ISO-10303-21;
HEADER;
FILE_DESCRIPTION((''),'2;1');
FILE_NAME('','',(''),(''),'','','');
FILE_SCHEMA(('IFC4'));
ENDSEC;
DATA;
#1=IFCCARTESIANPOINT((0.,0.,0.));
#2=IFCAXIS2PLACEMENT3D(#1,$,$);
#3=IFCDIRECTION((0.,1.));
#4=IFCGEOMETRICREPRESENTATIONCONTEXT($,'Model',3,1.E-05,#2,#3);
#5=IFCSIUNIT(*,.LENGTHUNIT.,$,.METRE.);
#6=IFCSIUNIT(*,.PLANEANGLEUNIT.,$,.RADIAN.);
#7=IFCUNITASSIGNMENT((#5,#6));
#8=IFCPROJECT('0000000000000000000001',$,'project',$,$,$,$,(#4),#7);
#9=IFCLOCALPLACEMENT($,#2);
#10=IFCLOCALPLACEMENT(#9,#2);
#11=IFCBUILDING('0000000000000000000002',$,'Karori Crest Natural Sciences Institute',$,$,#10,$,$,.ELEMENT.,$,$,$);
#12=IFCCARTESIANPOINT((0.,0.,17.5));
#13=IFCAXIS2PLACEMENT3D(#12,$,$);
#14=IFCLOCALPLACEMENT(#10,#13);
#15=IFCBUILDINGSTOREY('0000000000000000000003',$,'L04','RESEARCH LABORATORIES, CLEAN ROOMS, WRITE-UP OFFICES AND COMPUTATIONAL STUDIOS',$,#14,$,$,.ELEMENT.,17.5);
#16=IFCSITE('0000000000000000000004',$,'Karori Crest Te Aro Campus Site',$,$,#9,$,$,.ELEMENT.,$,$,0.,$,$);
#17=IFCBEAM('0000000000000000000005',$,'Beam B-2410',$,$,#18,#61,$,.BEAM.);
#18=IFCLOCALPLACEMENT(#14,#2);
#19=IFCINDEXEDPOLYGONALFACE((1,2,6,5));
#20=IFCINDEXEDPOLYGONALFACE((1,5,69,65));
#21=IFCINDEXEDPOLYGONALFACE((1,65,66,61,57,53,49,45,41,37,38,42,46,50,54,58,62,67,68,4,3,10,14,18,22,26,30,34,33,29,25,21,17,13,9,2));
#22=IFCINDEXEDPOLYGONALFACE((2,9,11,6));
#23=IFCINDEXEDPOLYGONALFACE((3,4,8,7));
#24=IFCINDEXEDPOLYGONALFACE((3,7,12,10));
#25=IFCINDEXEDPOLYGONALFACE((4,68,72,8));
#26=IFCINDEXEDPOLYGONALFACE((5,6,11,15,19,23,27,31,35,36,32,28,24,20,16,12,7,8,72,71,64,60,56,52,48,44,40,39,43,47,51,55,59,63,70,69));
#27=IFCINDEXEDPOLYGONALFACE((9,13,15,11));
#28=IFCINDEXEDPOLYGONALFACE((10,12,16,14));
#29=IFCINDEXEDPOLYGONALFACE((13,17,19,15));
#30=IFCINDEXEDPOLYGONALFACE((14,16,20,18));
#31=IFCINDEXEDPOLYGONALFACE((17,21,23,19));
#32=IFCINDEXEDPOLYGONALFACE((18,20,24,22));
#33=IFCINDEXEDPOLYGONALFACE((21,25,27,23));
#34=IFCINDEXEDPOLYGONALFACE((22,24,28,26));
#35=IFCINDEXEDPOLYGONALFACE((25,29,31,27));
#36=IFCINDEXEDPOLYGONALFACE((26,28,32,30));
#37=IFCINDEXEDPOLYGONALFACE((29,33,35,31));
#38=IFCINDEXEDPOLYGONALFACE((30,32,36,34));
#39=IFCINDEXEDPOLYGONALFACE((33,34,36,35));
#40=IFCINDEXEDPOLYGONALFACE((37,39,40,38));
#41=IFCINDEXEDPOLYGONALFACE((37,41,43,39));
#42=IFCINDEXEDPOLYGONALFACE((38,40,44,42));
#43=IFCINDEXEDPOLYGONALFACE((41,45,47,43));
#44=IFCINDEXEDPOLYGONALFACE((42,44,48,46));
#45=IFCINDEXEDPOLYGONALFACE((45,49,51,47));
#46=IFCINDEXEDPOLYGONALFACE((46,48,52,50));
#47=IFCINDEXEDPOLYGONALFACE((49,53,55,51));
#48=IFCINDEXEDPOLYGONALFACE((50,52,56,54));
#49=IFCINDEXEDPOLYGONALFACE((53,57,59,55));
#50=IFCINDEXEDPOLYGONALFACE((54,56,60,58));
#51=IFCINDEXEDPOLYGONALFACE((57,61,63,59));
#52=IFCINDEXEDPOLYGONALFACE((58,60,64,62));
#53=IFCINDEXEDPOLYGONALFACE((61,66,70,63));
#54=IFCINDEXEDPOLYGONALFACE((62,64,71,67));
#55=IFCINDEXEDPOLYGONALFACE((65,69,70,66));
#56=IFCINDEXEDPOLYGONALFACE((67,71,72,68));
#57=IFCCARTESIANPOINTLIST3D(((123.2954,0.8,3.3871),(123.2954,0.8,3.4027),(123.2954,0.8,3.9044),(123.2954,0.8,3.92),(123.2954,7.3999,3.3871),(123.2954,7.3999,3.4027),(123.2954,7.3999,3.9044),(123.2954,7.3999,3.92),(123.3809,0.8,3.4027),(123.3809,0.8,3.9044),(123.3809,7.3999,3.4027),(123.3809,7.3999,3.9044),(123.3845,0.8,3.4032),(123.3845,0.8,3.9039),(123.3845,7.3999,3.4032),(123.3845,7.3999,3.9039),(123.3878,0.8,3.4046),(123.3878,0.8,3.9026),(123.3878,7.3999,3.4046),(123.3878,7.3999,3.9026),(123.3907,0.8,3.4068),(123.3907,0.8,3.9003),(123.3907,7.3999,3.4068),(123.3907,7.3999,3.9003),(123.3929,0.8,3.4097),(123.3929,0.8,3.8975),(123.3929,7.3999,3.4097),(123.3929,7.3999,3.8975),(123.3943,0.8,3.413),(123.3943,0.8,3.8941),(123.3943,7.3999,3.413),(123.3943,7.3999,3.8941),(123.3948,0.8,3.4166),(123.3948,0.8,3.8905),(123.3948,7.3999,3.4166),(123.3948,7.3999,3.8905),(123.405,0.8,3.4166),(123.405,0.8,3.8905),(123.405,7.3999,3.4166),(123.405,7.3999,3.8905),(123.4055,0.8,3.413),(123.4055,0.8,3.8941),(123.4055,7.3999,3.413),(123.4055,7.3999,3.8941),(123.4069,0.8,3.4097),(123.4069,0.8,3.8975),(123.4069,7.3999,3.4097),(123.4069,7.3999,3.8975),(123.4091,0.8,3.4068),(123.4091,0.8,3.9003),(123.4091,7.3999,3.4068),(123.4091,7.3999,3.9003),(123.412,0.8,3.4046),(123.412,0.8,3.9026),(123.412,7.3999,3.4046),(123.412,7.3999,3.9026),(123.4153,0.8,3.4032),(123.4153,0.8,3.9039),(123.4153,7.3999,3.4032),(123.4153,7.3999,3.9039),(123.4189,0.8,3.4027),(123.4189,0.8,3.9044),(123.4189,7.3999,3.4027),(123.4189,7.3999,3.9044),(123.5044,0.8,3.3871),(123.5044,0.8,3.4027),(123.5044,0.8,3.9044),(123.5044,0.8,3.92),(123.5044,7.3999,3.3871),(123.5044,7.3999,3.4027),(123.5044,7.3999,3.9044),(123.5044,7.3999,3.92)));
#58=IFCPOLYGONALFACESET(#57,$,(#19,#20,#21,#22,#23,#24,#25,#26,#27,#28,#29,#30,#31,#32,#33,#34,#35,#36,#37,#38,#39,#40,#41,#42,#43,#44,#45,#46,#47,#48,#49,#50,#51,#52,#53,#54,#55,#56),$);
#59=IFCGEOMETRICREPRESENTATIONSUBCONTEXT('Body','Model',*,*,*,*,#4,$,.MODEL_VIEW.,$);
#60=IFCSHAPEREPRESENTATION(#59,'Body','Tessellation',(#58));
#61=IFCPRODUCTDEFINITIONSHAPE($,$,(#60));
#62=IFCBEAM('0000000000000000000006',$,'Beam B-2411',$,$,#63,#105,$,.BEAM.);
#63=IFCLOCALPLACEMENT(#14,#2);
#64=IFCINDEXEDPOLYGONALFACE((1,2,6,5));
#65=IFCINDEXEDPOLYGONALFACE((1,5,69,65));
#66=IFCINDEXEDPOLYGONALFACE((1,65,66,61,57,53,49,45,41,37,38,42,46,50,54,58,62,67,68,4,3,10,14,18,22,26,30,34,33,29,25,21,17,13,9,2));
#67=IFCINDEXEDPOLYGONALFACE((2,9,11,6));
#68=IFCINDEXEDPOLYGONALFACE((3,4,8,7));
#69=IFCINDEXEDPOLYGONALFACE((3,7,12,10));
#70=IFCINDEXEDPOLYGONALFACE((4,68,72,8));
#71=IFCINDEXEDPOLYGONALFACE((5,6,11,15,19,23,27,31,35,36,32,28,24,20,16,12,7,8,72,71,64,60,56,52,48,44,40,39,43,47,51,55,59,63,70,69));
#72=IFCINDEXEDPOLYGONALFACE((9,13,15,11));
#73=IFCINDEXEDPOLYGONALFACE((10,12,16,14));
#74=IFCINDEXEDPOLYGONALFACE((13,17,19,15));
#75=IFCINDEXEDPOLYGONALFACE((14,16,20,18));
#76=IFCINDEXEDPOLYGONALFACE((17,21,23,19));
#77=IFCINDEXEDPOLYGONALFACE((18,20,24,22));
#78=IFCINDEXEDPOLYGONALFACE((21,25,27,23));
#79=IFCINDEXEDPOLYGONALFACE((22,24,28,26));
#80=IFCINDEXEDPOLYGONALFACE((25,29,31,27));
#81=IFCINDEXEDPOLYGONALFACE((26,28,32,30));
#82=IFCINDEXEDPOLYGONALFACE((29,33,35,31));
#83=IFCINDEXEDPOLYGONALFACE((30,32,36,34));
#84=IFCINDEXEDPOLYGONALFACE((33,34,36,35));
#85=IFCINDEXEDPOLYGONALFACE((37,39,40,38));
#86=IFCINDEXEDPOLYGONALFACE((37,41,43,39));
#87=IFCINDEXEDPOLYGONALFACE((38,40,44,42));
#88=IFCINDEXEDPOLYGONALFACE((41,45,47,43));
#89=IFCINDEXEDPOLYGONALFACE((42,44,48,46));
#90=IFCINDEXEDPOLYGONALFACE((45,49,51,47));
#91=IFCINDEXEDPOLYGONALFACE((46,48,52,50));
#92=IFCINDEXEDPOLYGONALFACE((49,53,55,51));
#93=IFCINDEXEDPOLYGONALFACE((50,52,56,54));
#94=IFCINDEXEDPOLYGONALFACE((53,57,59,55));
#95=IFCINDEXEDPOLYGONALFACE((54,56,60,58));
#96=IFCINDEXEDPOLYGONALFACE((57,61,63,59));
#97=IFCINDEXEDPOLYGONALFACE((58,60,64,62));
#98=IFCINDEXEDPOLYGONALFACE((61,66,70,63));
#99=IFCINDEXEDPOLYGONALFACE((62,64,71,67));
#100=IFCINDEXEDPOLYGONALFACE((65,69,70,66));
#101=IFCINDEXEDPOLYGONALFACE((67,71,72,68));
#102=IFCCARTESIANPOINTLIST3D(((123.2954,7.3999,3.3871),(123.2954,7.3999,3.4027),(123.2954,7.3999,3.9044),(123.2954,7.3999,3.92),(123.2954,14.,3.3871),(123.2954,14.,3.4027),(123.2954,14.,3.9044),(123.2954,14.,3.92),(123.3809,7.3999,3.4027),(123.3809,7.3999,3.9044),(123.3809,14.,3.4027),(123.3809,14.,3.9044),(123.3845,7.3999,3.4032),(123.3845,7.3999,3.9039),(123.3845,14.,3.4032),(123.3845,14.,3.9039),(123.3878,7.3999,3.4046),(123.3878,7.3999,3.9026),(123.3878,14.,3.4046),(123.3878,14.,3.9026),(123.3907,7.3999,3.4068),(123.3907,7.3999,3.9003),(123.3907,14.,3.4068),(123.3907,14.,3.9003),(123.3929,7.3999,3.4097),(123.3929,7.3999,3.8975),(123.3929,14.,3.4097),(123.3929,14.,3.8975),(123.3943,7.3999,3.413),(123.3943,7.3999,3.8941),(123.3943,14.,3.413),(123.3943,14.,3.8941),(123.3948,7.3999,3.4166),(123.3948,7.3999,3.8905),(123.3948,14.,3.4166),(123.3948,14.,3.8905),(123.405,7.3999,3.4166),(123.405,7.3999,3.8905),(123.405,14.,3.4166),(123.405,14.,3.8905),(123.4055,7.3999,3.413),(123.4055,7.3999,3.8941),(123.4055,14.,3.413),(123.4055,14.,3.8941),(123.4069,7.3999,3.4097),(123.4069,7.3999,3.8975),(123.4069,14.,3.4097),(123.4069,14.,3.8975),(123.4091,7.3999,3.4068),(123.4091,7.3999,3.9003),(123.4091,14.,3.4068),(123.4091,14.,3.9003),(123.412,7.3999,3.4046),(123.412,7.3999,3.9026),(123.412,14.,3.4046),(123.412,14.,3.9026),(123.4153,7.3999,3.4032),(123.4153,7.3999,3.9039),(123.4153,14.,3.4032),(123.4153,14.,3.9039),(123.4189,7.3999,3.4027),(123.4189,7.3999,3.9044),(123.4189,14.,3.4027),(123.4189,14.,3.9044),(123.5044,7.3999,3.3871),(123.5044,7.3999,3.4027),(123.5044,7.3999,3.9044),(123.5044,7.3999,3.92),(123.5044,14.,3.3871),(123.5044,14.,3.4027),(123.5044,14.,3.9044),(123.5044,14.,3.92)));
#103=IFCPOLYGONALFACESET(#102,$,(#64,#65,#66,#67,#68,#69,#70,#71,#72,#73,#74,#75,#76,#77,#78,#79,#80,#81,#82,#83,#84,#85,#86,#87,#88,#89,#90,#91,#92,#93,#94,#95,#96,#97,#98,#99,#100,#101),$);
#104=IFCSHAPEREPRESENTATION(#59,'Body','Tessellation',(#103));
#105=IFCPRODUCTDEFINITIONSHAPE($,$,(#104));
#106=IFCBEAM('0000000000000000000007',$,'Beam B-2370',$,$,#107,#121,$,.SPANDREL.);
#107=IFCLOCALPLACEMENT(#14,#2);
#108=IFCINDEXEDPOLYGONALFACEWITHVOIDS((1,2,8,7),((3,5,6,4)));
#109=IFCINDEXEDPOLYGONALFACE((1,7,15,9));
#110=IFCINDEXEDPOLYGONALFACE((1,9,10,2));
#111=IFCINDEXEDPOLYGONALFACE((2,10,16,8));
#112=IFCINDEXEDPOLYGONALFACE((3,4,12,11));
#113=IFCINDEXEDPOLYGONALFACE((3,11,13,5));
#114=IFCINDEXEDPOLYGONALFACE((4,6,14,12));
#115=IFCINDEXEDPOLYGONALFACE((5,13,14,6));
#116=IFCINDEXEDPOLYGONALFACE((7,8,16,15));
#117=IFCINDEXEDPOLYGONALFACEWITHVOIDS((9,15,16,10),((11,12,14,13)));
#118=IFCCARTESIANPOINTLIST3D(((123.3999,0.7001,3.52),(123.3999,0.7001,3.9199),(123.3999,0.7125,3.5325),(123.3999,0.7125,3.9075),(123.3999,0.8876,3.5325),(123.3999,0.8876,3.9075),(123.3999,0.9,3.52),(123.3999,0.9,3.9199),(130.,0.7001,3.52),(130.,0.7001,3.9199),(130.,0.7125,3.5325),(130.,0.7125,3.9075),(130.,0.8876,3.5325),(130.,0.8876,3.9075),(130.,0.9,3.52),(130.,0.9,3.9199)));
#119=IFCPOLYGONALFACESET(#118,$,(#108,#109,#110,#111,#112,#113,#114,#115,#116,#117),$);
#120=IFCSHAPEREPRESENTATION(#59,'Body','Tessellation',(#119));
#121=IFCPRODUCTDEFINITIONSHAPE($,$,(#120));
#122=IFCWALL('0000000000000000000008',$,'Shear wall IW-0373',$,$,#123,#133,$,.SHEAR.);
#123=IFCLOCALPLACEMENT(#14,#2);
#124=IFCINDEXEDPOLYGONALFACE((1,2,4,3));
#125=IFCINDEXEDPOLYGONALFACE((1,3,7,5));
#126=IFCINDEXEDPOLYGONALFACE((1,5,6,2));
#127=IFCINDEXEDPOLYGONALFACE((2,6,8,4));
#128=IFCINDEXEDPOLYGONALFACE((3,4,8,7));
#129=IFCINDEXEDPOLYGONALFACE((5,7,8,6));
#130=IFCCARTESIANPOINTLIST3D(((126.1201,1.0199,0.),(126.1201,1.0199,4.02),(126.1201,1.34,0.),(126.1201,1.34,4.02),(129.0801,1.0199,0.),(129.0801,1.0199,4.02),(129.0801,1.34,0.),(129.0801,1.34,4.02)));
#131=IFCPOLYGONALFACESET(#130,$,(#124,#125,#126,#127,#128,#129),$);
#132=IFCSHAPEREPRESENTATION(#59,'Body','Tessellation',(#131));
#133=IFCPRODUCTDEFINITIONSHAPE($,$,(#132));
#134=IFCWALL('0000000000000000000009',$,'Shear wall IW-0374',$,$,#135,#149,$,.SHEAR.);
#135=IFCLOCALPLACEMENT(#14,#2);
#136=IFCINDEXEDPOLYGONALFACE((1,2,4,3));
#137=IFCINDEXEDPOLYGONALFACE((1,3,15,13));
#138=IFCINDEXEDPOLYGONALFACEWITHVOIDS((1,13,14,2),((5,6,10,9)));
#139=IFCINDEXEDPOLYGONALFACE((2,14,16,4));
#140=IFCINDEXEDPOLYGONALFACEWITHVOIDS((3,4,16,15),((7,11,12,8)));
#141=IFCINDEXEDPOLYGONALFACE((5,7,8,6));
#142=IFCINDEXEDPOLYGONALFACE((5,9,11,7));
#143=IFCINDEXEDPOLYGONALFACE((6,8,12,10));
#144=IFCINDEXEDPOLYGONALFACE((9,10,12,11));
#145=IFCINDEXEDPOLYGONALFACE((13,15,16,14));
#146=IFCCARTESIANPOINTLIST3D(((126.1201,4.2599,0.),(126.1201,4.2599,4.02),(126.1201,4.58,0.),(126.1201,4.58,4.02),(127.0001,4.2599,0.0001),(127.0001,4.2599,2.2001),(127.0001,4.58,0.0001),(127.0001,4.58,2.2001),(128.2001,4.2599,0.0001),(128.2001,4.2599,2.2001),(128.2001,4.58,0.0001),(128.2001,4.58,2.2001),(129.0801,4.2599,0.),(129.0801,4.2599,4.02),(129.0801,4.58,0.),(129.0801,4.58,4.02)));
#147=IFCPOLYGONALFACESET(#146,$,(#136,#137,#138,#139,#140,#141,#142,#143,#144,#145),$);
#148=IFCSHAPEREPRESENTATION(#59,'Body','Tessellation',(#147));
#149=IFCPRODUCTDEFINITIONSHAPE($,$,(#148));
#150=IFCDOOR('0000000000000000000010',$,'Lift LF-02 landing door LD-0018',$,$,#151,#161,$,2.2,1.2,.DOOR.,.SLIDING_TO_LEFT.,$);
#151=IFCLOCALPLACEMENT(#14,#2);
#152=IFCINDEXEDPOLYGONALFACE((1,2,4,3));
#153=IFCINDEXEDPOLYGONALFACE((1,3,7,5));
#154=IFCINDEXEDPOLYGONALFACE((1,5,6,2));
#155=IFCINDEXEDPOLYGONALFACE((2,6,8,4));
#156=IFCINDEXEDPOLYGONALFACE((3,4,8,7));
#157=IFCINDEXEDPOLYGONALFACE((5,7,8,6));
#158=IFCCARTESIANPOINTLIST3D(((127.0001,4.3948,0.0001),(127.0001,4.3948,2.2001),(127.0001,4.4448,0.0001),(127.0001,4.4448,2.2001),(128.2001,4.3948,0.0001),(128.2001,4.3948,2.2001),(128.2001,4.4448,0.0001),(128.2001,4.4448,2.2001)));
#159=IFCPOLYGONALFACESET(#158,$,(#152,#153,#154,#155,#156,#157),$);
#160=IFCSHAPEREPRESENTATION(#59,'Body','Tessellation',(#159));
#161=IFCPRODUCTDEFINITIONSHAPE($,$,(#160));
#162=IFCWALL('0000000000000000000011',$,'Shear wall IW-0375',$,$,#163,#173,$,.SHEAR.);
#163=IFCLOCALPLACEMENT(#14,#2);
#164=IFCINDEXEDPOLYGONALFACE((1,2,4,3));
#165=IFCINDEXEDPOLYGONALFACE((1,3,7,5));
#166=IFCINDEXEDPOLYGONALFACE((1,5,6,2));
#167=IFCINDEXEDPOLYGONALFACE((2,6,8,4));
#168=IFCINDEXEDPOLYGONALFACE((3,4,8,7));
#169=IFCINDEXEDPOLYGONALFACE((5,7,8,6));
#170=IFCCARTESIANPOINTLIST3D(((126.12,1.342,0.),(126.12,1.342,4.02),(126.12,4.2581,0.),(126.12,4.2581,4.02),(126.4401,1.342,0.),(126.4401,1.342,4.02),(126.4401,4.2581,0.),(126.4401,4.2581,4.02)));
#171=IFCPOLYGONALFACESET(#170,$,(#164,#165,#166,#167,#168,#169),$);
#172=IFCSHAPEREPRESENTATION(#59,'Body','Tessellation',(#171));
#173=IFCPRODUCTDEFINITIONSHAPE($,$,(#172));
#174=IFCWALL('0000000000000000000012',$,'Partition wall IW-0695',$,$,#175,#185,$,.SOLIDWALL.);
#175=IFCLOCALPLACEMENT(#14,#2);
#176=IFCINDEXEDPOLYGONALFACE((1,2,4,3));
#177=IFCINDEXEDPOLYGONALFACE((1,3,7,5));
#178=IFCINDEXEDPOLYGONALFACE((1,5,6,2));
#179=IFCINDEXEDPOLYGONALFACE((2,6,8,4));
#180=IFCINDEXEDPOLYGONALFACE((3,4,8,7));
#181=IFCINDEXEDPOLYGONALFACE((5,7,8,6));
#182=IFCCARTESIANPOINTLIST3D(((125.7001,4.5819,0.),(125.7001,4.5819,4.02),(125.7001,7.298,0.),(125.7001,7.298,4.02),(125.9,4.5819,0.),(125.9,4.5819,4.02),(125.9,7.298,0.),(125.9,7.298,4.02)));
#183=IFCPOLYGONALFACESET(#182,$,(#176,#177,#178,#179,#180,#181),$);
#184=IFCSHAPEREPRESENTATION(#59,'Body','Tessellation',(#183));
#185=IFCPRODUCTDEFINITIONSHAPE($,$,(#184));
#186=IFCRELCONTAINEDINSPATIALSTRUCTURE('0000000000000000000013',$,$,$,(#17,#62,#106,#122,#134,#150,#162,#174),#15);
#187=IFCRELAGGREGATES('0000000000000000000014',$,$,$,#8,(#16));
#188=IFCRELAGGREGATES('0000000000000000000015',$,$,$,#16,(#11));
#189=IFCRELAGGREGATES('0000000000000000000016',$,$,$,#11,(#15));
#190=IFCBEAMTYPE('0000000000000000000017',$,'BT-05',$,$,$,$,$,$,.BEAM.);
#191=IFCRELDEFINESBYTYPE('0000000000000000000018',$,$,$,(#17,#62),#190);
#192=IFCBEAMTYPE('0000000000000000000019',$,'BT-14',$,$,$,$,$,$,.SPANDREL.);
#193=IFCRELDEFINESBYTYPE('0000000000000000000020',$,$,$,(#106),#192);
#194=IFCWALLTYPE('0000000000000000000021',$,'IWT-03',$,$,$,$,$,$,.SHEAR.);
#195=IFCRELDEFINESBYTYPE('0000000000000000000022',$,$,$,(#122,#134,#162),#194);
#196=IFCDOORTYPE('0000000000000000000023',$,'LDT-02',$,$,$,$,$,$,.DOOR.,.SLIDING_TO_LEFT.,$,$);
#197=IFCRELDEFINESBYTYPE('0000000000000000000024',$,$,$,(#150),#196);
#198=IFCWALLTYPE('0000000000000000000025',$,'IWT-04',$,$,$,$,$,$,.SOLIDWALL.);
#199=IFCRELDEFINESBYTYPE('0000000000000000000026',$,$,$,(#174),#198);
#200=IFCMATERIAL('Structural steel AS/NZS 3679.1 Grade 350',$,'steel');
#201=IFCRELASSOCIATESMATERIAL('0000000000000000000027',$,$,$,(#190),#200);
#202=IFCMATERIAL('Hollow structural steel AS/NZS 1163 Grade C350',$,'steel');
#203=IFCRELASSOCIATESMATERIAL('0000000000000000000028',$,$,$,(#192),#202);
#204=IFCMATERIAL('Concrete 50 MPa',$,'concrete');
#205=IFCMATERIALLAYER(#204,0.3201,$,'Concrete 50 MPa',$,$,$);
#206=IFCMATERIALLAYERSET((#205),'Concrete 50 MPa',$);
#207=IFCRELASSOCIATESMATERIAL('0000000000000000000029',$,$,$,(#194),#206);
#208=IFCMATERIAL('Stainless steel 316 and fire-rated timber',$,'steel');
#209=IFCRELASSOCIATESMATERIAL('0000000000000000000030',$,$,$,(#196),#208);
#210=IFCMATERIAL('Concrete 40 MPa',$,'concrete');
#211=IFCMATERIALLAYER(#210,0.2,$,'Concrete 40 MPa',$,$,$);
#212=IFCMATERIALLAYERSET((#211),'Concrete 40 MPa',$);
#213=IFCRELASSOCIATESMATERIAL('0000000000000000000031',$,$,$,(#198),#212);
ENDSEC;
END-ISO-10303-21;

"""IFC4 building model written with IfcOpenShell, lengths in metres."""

from ifc_helpers import new_model, si_unit, direction, frame, frame_2d, origin, origin_2d, place, context, subcontext, project, spatial, rectangle, hollow_rectangle, i_section, extrude, material, layer, layer_set, material_profile, profile_set, type_object, element, fill, save


model = new_model("IFC4")

# Units and contexts
model_context = context("Model", 3, precision=1e-05, world=origin(), true_north=direction((0.0, 1.0)))
body_context = subcontext(model_context, "Body", "Model", "MODEL_VIEW")
ifc_project = project(units=[si_unit("LENGTHUNIT", "METRE"), si_unit("PLANEANGLEUNIT", "RADIAN")], contexts=[model_context])

# Site, building, storey
site_placement = place(None, origin())
site = spatial("IfcSite", under=ifc_project, at=site_placement, Name="Karori Crest Te Aro Campus Site", CompositionType="ELEMENT", RefElevation=0.0)
building_placement = place(site_placement, origin())
building = spatial("IfcBuilding", under=site, at=building_placement, Name="Karori Crest Natural Sciences Institute", CompositionType="ELEMENT")
storey_placement = place(building_placement, frame((0.0, 0.0, 17.5)))
storey = spatial("IfcBuildingStorey", under=building, at=storey_placement, Name="L04", Description="RESEARCH LABORATORIES, CLEAN ROOMS, WRITE-UP OFFICES AND COMPUTATIONAL STUDIOS", CompositionType="ELEMENT", Elevation=17.5)

# Shared definitions
ifc_material_1 = material(Name="Structural steel AS/NZS 3679.1 Grade 350", Category="steel")

# Beams
ifc_material_profile_1 = material_profile(ifc_material_1, i_section(OverallWidth=0.209, OverallDepth=0.533, WebThickness=0.0103, FlangeThickness=0.0156, FilletRadius=0.0139, at=origin_2d()), Name="530UB92.4")
ifc_profile_set_1 = profile_set([ifc_material_profile_1], Name="Structural steel AS/NZS 3679.1 Grade 350")
beam_type_1 = type_object("IfcBeamType", Name="BT-05", PredefinedType="BEAM", material=ifc_profile_set_1)
beam_1_placement = place(storey_placement, frame((123.3999, 0.8, 3.6536), z_axis=(0.0, 1.0, 0.0), x_axis=(-1.0, 0.0, 0.0)))
element("IfcBeam", 1, at=beam_1_placement, inside=storey, type_object=beam_type_1, Name="Beam B-2410", PredefinedType="BEAM", context=body_context, shape_type="SweptSolid", body=[
    extrude(i_section(OverallWidth=0.209, OverallDepth=0.533, WebThickness=0.0103, FlangeThickness=0.0156, FilletRadius=0.0139, at=origin_2d()), origin(), (0.0, 0.0, 1.0), 6.5999),
])
beam_2_placement = place(storey_placement, frame((123.3999, 7.3999, 3.6536), z_axis=(0.0, 1.0, 0.0), x_axis=(-1.0, 0.0, 0.0)))
element("IfcBeam", 2, at=beam_2_placement, inside=storey, type_object=beam_type_1, Name="Beam B-2411", PredefinedType="BEAM", context=body_context, shape_type="SweptSolid", body=[
    extrude(i_section(OverallWidth=0.209, OverallDepth=0.533, WebThickness=0.0103, FlangeThickness=0.0156, FilletRadius=0.0139, at=origin_2d()), origin(), (0.0, 0.0, 1.0), 6.6001),
])
ifc_material_2 = material(Name="Hollow structural steel AS/NZS 1163 Grade C350", Category="steel")
ifc_material_profile_2 = material_profile(ifc_material_2, hollow_rectangle(XDim=0.2, YDim=0.3999, WallThickness=0.0125, at=origin_2d()), Name="RHS400x200x12.5")
ifc_profile_set_2 = profile_set([ifc_material_profile_2], Name="Hollow structural steel AS/NZS 1163 Grade C350")
beam_type_2 = type_object("IfcBeamType", Name="BT-14", PredefinedType="SPANDREL", material=ifc_profile_set_2)
beam_3_placement = place(storey_placement, frame((123.3999, 0.8, 3.72), z_axis=(1.0, 0.0, 0.0), x_axis=(0.0, 1.0, 0.0)))
element("IfcBeam", 3, at=beam_3_placement, inside=storey, type_object=beam_type_2, Name="Beam B-2370", PredefinedType="SPANDREL", context=body_context, shape_type="SweptSolid", body=[
    extrude(hollow_rectangle(XDim=0.2, YDim=0.3999, WallThickness=0.0125, at=origin_2d()), origin(), (0.0, 0.0, 1.0), 6.6001),
])

# Wall
ifc_material_3 = material(Name="Concrete 50 MPa", Category="concrete")
ifc_layer_1 = layer(ifc_material_3, 0.3201, Name="Concrete 50 MPa")
ifc_layer_set_1 = layer_set([ifc_layer_1], Name="Concrete 50 MPa")
wall_type_1 = type_object("IfcWallType", Name="IWT-03", PredefinedType="SHEAR", material=ifc_layer_set_1)
wall_1_placement = place(storey_placement, frame((126.1201, 1.1799, 0.0), z_axis=(0.0, 0.0, 1.0), x_axis=(1.0, 0.0, 0.0)))
element("IfcWall", 4, at=wall_1_placement, inside=storey, type_object=wall_type_1, Name="Shear wall IW-0373", PredefinedType="SHEAR", context=body_context, shape_type="SweptSolid", body=[
    extrude(rectangle(XDim=2.96, YDim=0.3201, at=frame_2d((1.48, 0.0))), origin(), (0.0, 0.0, 1.0), 4.02),
])

# Wall, opening, door
wall_2_placement = place(storey_placement, frame((126.1201, 4.4199, 0.0), z_axis=(0.0, 0.0, 1.0), x_axis=(1.0, 0.0, 0.0)))
wall_2 = element("IfcWall", 5, at=wall_2_placement, inside=storey, type_object=wall_type_1, Name="Shear wall IW-0374", PredefinedType="SHEAR", context=body_context, shape_type="SweptSolid", body=[
    extrude(rectangle(XDim=2.96, YDim=0.3201, at=frame_2d((1.48, 0.0))), origin(), (0.0, 0.0, 1.0), 4.02),
])
opening_1_placement = place(wall_2_placement, frame((0.8799, 0.0, 0.0)))
opening_1 = element("IfcOpeningElement", 6, at=opening_1_placement, cuts=wall_2, PredefinedType="OPENING", context=body_context, shape_type="SweptSolid", body=[
    extrude(rectangle(XDim=1.2, YDim=2.2, at=frame_2d((0.6001, 1.1001))), frame((0.0, 0.1699, 0.0), z_axis=(0.0, -1.0, 0.0), x_axis=(1.0, 0.0, 0.0)), (0.0, 0.0, 1.0), 0.3401),
])
ifc_material_4 = material(Name="Stainless steel 316 and fire-rated timber", Category="steel")
door_type_1 = type_object("IfcDoorType", Name="LDT-02", OperationType="SLIDING_TO_LEFT", PredefinedType="DOOR", material=ifc_material_4)
door_1_placement = place(opening_1_placement, origin())
door_1 = element("IfcDoor", 7, at=door_1_placement, inside=storey, type_object=door_type_1, Name="Lift LF-02 landing door LD-0018", OperationType="SLIDING_TO_LEFT", OverallHeight=2.2, OverallWidth=1.2, PredefinedType="DOOR", context=body_context, shape_type="SweptSolid", body=[
    extrude(rectangle(XDim=1.2, YDim=2.2, at=frame_2d((0.6001, 1.1001))), frame((0.0, 0.0249, 0.0), z_axis=(0.0, -1.0, 0.0), x_axis=(1.0, 0.0, 0.0)), (0.0, 0.0, 1.0), 0.05),
])
fill(opening_1, door_1)

# Wall
wall_3_placement = place(storey_placement, frame((126.28, 1.342, 0.0), z_axis=(0.0, 0.0, 1.0), x_axis=(0.0, 1.0, 0.0)))
element("IfcWall", 8, at=wall_3_placement, inside=storey, type_object=wall_type_1, Name="Shear wall IW-0375", PredefinedType="SHEAR", context=body_context, shape_type="SweptSolid", body=[
    extrude(rectangle(XDim=2.916, YDim=0.3201, at=frame_2d((1.458, 0.0))), origin(), (0.0, 0.0, 1.0), 4.02),
])

# Shared definitions
ifc_material_5 = material(Name="Concrete 40 MPa", Category="concrete")
ifc_layer_2 = layer(ifc_material_5, 0.2, Name="Concrete 40 MPa")
ifc_layer_set_2 = layer_set([ifc_layer_2], Name="Concrete 40 MPa")
wall_type_2 = type_object("IfcWallType", Name="IWT-04", PredefinedType="SOLIDWALL", material=ifc_layer_set_2)

# Wall
wall_4_placement = place(storey_placement, frame((125.8, 4.582, 0.0), z_axis=(0.0, 0.0, 1.0), x_axis=(0.0, 1.0, 0.0)))
element("IfcWall", 9, at=wall_4_placement, inside=storey, type_object=wall_type_2, Name="Partition wall IW-0695", PredefinedType="SOLIDWALL", context=body_context, shape_type="SweptSolid", body=[
    extrude(rectangle(XDim=2.7161, YDim=0.2, at=frame_2d((1.3579, 0.0))), origin(), (0.0, 0.0, 1.0), 4.02),
])

save(model, "model.ifc")
